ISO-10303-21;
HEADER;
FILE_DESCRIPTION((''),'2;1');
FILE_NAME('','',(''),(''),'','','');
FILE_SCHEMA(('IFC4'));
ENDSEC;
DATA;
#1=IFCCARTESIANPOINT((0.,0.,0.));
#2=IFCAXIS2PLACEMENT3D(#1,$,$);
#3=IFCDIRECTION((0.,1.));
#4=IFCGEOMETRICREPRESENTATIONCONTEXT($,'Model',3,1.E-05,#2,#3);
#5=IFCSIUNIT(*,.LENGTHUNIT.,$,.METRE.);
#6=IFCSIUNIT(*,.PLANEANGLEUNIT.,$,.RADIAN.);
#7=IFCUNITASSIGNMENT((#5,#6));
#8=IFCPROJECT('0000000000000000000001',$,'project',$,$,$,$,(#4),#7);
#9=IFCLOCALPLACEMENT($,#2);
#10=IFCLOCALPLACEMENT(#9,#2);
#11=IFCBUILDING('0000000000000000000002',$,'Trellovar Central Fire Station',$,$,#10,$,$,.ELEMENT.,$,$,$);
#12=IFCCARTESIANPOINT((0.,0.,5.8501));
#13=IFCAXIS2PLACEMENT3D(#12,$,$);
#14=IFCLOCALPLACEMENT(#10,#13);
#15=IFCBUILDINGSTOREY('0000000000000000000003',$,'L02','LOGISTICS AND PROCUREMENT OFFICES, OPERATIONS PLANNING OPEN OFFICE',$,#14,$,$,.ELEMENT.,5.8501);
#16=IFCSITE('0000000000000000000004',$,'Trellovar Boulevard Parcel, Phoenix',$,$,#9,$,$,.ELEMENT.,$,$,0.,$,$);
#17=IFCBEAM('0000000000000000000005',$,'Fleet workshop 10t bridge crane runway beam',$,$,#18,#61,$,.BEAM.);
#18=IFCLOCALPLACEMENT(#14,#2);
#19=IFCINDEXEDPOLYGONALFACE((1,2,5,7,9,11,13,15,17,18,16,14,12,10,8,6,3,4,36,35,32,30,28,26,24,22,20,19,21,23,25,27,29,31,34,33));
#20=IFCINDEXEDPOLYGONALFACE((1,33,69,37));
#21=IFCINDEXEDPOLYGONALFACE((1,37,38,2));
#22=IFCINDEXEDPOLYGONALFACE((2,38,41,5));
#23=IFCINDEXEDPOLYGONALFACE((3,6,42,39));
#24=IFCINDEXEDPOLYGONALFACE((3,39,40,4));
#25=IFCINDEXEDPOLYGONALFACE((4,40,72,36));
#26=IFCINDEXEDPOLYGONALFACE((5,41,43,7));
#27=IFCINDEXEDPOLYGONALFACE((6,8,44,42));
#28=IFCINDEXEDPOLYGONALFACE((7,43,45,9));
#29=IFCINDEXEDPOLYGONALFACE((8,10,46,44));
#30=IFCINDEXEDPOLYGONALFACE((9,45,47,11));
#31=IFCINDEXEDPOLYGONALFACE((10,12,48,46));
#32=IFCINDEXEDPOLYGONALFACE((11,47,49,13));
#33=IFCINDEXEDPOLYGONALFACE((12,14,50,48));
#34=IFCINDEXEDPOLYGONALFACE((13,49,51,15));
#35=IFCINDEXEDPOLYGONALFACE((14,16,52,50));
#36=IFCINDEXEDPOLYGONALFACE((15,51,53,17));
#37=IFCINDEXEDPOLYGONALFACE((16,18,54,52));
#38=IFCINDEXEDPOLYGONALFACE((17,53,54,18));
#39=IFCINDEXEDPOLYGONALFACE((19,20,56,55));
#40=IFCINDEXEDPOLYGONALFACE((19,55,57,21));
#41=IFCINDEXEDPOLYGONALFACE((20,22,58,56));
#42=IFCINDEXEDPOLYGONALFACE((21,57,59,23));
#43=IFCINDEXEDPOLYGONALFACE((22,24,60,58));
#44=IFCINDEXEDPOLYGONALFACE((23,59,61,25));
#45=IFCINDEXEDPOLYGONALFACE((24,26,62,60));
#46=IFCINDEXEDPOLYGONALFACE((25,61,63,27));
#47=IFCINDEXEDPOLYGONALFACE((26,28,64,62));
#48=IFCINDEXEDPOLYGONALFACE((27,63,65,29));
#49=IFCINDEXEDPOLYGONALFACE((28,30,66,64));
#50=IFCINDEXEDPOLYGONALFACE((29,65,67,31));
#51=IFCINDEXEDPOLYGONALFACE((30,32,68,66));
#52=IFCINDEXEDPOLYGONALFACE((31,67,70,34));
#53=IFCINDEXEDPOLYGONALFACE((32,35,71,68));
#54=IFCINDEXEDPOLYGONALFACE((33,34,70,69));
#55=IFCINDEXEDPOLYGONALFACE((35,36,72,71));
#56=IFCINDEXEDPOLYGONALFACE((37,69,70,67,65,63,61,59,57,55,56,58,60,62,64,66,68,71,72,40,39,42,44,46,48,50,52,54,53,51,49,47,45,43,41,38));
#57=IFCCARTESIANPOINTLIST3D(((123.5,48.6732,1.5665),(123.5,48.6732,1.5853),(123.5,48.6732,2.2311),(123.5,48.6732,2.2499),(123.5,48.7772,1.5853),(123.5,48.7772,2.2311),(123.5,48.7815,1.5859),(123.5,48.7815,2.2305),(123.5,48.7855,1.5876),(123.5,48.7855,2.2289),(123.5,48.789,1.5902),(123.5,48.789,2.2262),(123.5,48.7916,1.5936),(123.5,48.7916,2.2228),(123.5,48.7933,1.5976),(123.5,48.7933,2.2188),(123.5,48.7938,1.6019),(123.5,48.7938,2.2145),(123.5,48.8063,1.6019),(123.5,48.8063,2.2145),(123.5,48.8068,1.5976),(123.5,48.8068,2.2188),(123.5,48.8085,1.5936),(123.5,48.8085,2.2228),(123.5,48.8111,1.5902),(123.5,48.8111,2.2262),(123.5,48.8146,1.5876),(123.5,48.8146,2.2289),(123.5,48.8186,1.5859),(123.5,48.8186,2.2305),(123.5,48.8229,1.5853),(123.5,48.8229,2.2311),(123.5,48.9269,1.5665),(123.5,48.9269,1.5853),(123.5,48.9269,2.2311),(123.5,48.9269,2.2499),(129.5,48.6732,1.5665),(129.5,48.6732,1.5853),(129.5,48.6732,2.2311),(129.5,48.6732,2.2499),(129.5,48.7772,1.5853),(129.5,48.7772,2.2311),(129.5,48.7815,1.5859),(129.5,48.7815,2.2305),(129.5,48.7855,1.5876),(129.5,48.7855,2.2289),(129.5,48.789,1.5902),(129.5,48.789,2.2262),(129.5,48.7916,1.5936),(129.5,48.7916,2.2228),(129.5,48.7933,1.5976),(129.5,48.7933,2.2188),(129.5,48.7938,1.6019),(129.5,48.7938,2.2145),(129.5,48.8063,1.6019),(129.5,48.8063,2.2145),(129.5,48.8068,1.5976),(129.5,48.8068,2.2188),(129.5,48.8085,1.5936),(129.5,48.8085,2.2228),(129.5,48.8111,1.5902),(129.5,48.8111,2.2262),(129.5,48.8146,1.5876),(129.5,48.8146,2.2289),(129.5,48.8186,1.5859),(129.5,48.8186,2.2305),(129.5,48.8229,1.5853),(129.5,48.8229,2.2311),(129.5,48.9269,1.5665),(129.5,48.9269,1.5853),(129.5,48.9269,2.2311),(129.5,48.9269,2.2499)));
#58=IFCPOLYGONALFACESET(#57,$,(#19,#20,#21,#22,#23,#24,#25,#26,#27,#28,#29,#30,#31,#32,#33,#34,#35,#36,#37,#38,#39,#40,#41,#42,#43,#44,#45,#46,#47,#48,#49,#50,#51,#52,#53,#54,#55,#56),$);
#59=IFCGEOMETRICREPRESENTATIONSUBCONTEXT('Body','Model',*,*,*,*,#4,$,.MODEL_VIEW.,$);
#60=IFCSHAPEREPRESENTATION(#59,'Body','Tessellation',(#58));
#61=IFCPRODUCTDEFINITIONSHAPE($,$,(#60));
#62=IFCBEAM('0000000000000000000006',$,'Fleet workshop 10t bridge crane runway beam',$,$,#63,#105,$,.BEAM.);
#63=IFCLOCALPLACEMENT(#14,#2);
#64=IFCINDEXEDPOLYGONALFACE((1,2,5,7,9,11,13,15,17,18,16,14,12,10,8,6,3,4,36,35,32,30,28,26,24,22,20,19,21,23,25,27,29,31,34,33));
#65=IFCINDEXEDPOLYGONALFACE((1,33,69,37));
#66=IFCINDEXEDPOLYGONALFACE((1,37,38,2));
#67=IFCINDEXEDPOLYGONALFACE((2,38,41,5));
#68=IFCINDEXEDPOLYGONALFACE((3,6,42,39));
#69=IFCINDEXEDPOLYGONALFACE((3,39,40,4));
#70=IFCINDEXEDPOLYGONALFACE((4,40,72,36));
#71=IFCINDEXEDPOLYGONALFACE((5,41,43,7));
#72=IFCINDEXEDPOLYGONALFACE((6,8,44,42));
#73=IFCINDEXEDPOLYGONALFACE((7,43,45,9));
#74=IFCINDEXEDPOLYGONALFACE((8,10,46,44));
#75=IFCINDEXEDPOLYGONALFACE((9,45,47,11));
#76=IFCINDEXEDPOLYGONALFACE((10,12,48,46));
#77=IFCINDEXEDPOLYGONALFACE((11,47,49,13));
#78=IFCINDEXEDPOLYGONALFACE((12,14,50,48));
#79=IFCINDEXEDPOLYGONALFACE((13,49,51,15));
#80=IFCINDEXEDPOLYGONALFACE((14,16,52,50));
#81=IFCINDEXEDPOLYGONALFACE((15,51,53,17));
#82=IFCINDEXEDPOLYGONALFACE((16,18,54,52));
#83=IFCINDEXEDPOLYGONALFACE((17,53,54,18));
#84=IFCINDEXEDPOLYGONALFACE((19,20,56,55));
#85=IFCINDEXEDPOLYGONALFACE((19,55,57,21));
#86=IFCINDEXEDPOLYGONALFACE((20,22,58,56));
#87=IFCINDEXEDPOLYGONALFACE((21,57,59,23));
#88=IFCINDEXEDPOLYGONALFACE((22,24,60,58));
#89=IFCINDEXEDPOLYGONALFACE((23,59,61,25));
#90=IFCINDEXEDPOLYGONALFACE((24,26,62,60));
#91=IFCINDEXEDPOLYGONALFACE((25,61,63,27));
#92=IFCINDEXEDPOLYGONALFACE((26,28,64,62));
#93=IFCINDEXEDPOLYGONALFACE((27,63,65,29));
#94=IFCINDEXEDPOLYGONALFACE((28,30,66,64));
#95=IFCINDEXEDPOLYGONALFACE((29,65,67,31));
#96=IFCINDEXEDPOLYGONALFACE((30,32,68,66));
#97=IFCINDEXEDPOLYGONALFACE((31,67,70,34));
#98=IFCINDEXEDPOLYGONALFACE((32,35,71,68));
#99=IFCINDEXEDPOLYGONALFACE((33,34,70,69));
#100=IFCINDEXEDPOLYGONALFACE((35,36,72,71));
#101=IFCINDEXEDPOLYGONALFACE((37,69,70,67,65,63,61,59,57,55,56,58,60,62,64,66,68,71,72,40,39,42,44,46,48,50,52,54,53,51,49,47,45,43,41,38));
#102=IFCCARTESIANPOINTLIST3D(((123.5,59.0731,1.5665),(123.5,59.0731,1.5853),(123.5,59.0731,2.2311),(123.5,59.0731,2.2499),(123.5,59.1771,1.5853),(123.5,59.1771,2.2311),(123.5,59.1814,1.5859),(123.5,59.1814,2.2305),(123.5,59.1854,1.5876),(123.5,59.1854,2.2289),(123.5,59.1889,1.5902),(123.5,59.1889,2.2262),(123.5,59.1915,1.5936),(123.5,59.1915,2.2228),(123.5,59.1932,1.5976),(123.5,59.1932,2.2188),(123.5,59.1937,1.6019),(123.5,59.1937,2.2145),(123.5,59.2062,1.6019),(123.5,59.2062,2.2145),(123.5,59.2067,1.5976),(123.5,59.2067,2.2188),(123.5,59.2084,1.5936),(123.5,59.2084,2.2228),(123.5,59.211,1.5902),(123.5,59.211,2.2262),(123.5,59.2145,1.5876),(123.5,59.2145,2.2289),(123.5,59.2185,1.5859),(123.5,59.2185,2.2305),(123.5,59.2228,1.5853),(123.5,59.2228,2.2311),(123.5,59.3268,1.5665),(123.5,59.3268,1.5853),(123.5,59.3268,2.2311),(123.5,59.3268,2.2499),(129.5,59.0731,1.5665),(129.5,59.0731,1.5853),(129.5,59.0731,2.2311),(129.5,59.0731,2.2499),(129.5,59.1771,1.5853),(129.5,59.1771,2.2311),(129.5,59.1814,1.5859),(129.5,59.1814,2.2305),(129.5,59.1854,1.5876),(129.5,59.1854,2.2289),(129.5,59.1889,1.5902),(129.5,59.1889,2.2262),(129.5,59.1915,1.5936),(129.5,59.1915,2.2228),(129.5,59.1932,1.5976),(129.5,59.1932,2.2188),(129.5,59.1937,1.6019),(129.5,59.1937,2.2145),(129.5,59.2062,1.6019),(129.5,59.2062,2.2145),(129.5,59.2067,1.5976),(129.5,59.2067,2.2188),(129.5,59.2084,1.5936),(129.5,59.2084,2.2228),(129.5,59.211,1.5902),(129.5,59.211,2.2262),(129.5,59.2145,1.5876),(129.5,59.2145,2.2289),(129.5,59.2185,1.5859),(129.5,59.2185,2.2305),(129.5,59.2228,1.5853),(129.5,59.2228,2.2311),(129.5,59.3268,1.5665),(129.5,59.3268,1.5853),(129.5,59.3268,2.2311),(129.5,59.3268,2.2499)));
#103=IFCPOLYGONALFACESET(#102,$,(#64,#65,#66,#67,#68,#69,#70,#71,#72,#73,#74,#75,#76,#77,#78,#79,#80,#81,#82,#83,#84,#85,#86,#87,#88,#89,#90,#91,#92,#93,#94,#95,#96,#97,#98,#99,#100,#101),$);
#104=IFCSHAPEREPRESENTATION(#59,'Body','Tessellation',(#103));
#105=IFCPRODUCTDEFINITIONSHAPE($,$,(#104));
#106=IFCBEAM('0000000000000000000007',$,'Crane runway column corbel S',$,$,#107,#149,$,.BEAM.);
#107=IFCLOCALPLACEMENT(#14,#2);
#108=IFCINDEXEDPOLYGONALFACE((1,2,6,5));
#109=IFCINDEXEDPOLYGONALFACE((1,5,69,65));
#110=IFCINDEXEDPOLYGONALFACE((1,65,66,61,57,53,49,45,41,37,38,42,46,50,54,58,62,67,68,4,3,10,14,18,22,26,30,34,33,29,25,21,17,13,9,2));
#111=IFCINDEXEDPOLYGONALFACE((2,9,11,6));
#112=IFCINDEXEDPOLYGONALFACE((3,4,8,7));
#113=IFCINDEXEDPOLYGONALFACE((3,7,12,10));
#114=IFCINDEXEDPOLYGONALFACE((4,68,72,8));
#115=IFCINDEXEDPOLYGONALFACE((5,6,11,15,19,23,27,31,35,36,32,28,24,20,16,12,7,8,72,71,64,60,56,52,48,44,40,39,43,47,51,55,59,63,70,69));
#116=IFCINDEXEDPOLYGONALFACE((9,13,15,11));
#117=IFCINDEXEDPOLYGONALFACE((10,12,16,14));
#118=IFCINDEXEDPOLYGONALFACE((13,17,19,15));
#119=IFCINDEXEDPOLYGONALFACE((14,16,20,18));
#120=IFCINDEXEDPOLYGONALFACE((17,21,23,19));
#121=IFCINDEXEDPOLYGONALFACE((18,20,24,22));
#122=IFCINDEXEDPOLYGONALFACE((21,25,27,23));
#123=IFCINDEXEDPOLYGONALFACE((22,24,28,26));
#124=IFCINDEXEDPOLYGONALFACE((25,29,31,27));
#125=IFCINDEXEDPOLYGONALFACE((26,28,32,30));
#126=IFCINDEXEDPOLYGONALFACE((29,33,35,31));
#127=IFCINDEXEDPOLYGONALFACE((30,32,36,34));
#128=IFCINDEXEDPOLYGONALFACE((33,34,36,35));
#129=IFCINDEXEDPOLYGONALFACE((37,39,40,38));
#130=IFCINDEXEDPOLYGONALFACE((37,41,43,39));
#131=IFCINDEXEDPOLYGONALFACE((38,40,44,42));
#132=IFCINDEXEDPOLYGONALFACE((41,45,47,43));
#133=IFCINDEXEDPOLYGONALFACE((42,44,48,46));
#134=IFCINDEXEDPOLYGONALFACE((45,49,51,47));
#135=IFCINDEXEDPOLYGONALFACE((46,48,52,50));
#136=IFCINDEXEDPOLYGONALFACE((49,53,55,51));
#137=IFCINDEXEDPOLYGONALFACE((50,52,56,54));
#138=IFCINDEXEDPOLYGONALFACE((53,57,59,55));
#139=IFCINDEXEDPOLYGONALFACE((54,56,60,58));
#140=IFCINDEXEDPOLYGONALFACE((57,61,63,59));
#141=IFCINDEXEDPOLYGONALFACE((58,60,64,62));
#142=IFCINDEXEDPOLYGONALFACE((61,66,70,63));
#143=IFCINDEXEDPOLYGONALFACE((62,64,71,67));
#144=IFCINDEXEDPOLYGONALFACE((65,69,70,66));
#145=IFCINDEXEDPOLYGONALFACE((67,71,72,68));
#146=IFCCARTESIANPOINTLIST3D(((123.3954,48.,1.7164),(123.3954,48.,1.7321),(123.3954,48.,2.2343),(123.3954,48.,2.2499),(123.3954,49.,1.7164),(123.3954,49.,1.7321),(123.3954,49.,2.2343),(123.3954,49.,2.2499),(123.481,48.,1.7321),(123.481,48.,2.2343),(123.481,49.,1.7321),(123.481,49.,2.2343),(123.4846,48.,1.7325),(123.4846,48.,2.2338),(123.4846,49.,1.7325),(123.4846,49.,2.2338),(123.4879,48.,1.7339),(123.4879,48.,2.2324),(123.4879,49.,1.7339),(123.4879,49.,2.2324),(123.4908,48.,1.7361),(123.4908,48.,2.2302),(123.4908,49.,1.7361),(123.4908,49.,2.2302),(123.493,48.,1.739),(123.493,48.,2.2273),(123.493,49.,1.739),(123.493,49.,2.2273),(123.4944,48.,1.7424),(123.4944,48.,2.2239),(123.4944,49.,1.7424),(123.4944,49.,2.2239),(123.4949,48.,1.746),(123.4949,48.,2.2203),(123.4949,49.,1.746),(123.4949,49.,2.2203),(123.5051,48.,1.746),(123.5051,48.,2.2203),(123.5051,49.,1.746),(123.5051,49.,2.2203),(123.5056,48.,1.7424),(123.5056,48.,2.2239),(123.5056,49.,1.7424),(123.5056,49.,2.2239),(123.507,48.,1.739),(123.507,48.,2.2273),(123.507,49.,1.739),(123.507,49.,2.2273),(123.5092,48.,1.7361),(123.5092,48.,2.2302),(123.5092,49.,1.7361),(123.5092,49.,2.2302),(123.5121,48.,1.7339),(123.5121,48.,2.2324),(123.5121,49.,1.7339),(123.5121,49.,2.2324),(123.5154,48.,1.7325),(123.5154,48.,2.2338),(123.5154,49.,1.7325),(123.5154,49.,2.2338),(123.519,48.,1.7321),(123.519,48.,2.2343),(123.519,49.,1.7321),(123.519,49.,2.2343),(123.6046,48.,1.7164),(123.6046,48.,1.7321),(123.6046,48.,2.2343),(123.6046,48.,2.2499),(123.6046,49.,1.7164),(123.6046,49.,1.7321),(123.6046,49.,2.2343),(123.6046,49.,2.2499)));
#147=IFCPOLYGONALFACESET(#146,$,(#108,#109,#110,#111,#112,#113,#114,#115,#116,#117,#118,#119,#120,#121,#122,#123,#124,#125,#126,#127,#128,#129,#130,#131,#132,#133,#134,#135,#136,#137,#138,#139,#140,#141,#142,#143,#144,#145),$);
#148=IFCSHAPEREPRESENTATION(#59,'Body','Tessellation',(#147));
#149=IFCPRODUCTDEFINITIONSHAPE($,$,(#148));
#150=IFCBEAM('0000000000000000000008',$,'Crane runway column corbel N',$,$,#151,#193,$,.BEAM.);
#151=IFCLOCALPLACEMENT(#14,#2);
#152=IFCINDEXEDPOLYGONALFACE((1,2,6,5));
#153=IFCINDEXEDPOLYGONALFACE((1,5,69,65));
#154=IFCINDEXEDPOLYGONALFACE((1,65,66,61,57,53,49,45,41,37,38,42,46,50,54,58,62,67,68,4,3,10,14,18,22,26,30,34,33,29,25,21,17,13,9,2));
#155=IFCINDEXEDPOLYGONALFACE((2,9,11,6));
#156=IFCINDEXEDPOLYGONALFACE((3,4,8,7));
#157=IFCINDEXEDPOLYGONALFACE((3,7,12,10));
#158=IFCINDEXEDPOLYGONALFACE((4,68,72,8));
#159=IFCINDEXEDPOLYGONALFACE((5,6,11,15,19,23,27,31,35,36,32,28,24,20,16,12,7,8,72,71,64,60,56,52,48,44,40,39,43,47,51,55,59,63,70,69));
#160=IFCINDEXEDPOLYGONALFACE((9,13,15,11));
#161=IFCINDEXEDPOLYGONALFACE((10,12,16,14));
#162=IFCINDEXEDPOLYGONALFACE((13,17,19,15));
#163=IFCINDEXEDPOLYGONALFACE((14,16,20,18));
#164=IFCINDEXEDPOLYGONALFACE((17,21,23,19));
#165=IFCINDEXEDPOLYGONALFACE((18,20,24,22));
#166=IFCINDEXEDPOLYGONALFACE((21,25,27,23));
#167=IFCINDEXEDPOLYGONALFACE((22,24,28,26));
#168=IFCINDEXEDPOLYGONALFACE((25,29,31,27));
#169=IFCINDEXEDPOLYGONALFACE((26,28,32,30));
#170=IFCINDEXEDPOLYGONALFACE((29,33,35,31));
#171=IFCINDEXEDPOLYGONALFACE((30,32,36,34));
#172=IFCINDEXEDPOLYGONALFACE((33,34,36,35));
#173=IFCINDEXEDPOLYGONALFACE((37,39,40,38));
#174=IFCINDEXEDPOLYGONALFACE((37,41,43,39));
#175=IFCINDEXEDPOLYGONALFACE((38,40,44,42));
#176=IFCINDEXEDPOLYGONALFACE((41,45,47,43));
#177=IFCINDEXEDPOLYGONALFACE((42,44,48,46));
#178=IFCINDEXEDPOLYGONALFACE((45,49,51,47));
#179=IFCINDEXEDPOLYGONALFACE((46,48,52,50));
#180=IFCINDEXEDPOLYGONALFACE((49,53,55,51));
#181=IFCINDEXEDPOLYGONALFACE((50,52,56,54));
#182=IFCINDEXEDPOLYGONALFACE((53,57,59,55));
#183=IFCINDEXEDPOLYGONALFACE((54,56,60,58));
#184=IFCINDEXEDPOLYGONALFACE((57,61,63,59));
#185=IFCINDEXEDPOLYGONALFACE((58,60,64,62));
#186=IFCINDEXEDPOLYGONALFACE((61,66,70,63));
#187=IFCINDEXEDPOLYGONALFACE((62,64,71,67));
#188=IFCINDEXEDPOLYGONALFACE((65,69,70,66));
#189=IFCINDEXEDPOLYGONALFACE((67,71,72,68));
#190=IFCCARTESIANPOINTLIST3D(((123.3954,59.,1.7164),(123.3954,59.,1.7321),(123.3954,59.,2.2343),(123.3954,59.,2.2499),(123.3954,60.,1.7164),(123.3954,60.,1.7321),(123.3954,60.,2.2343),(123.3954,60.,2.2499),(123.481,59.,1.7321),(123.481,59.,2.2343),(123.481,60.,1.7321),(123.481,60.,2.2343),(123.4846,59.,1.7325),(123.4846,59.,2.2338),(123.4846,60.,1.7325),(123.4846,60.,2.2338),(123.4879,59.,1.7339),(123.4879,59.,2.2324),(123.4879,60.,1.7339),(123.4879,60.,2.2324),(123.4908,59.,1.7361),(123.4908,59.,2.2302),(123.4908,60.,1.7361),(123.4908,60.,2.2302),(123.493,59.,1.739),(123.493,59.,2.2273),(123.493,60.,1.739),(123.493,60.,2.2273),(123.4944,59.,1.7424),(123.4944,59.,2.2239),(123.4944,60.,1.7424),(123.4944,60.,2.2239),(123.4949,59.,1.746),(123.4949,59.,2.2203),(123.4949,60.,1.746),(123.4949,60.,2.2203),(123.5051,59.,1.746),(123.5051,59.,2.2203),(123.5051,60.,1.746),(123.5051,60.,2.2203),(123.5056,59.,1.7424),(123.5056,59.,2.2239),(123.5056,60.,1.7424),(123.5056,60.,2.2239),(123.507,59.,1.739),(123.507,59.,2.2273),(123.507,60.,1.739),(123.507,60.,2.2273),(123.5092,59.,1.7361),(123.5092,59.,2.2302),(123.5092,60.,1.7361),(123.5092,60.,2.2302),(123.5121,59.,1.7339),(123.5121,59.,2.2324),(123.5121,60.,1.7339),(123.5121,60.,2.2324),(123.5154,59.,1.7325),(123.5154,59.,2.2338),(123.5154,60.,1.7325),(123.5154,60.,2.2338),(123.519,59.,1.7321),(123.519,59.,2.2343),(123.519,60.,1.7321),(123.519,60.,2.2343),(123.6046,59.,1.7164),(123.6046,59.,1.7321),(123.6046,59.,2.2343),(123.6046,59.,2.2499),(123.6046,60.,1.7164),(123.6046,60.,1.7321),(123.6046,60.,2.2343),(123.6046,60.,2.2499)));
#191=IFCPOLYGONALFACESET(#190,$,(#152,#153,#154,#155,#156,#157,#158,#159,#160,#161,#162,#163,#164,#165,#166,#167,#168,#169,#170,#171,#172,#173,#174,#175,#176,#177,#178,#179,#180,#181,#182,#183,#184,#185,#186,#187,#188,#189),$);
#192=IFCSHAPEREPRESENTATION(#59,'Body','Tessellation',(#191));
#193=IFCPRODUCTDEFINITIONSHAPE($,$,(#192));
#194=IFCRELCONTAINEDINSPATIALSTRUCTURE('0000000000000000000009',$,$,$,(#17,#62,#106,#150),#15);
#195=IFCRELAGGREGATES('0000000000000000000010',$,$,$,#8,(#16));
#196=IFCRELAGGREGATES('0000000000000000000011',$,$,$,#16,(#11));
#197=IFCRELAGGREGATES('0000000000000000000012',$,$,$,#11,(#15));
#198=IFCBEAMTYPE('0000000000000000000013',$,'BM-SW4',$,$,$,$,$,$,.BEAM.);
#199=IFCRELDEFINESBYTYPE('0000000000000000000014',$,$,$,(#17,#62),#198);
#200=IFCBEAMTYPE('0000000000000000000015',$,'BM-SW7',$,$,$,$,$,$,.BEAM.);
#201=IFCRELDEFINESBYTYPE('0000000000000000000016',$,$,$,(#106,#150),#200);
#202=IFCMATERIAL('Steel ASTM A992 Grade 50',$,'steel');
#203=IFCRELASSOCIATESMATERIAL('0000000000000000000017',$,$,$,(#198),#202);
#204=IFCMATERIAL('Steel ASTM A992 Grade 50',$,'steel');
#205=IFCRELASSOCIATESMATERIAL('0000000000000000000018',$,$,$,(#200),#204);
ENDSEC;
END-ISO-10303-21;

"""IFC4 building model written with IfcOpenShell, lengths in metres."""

from ifc_helpers import new_model, si_unit, direction, frame, origin, origin_2d, place, context, subcontext, project, spatial, i_section, extrude, material, material_profile, profile_set, type_object, element, save


model = new_model("IFC4")

# Units and contexts
model_context = context("Model", 3, precision=1e-05, world=origin(), true_north=direction((0.0, 1.0)))
body_context = subcontext(model_context, "Body", "Model", "MODEL_VIEW")
ifc_project = project(units=[si_unit("LENGTHUNIT", "METRE"), si_unit("PLANEANGLEUNIT", "RADIAN")], contexts=[model_context])

# Site, building, storey
site_placement = place(None, origin())
site = spatial("IfcSite", under=ifc_project, at=site_placement, Name="Trellovar Boulevard Parcel, Phoenix", CompositionType="ELEMENT", RefElevation=0.0)
building_placement = place(site_placement, origin())
building = spatial("IfcBuilding", under=site, at=building_placement, Name="Trellovar Central Fire Station", CompositionType="ELEMENT")
storey_placement = place(building_placement, frame((0.0, 0.0, 5.8501)))
storey = spatial("IfcBuildingStorey", under=building, at=storey_placement, Name="L02", Description="LOGISTICS AND PROCUREMENT OFFICES, OPERATIONS PLANNING OPEN OFFICE", CompositionType="ELEMENT", Elevation=5.8501)

# Beams
ifc_material_1 = material(Name="Steel ASTM A992 Grade 50", Category="steel")
ifc_material_profile_1 = material_profile(ifc_material_1, i_section(OverallWidth=0.2537, OverallDepth=0.6833, WebThickness=0.0125, FlangeThickness=0.0188, FilletRadius=0.0166, at=origin_2d()), Name="W27X94")
ifc_profile_set_1 = profile_set([ifc_material_profile_1], Name="Steel ASTM A992 Grade 50")
beam_type_1 = type_object("IfcBeamType", Name="BM-SW4", PredefinedType="BEAM", material=ifc_profile_set_1)
for number, where, z_axis, x_axis, name in (
    (1, (123.5, 48.8, 1.9082), (1.0, 0.0, 0.0), (0.0, 1.0, 0.0), "Fleet workshop 10t bridge crane runway beam"),
    (2, (123.5, 59.2, 1.9082), (1.0, 0.0, 0.0), (0.0, 1.0, 0.0), "Fleet workshop 10t bridge crane runway beam"),
):
    element("IfcBeam", number, at=place(storey_placement, frame(where, z_axis=z_axis, x_axis=x_axis)), inside=storey, type_object=beam_type_1, Name=name, PredefinedType="BEAM", context=body_context, shape_type="SweptSolid", body=[
        extrude(i_section(OverallWidth=0.2537, OverallDepth=0.6833, WebThickness=0.0125, FlangeThickness=0.0188, FilletRadius=0.0166, at=origin_2d()), origin(), (0.0, 0.0, 1.0), 6.0),
    ])
ifc_material_2 = material(Name="Steel ASTM A992 Grade 50", Category="steel")
ifc_material_profile_2 = material_profile(ifc_material_2, i_section(OverallWidth=0.2092, OverallDepth=0.5334, WebThickness=0.0103, FlangeThickness=0.0156, FilletRadius=0.0139, at=origin_2d()), Name="W21X62")
ifc_profile_set_2 = profile_set([ifc_material_profile_2], Name="Steel ASTM A992 Grade 50")
beam_type_2 = type_object("IfcBeamType", Name="BM-SW7", PredefinedType="BEAM", material=ifc_profile_set_2)
for number, where, z_axis, x_axis, name in (
    (3, (123.5, 48.0, 1.9832), (0.0, 1.0, 0.0), (-1.0, 0.0, 0.0), "Crane runway column corbel S"),
    (4, (123.5, 59.0, 1.9832), (0.0, 1.0, 0.0), (-1.0, 0.0, 0.0), "Crane runway column corbel N"),
):
    element("IfcBeam", number, at=place(storey_placement, frame(where, z_axis=z_axis, x_axis=x_axis)), inside=storey, type_object=beam_type_2, Name=name, PredefinedType="BEAM", context=body_context, shape_type="SweptSolid", body=[
        extrude(i_section(OverallWidth=0.2092, OverallDepth=0.5334, WebThickness=0.0103, FlangeThickness=0.0156, FilletRadius=0.0139, at=origin_2d()), origin(), (0.0, 0.0, 1.0), 1.0),
    ])

save(model, "model.ifc")
